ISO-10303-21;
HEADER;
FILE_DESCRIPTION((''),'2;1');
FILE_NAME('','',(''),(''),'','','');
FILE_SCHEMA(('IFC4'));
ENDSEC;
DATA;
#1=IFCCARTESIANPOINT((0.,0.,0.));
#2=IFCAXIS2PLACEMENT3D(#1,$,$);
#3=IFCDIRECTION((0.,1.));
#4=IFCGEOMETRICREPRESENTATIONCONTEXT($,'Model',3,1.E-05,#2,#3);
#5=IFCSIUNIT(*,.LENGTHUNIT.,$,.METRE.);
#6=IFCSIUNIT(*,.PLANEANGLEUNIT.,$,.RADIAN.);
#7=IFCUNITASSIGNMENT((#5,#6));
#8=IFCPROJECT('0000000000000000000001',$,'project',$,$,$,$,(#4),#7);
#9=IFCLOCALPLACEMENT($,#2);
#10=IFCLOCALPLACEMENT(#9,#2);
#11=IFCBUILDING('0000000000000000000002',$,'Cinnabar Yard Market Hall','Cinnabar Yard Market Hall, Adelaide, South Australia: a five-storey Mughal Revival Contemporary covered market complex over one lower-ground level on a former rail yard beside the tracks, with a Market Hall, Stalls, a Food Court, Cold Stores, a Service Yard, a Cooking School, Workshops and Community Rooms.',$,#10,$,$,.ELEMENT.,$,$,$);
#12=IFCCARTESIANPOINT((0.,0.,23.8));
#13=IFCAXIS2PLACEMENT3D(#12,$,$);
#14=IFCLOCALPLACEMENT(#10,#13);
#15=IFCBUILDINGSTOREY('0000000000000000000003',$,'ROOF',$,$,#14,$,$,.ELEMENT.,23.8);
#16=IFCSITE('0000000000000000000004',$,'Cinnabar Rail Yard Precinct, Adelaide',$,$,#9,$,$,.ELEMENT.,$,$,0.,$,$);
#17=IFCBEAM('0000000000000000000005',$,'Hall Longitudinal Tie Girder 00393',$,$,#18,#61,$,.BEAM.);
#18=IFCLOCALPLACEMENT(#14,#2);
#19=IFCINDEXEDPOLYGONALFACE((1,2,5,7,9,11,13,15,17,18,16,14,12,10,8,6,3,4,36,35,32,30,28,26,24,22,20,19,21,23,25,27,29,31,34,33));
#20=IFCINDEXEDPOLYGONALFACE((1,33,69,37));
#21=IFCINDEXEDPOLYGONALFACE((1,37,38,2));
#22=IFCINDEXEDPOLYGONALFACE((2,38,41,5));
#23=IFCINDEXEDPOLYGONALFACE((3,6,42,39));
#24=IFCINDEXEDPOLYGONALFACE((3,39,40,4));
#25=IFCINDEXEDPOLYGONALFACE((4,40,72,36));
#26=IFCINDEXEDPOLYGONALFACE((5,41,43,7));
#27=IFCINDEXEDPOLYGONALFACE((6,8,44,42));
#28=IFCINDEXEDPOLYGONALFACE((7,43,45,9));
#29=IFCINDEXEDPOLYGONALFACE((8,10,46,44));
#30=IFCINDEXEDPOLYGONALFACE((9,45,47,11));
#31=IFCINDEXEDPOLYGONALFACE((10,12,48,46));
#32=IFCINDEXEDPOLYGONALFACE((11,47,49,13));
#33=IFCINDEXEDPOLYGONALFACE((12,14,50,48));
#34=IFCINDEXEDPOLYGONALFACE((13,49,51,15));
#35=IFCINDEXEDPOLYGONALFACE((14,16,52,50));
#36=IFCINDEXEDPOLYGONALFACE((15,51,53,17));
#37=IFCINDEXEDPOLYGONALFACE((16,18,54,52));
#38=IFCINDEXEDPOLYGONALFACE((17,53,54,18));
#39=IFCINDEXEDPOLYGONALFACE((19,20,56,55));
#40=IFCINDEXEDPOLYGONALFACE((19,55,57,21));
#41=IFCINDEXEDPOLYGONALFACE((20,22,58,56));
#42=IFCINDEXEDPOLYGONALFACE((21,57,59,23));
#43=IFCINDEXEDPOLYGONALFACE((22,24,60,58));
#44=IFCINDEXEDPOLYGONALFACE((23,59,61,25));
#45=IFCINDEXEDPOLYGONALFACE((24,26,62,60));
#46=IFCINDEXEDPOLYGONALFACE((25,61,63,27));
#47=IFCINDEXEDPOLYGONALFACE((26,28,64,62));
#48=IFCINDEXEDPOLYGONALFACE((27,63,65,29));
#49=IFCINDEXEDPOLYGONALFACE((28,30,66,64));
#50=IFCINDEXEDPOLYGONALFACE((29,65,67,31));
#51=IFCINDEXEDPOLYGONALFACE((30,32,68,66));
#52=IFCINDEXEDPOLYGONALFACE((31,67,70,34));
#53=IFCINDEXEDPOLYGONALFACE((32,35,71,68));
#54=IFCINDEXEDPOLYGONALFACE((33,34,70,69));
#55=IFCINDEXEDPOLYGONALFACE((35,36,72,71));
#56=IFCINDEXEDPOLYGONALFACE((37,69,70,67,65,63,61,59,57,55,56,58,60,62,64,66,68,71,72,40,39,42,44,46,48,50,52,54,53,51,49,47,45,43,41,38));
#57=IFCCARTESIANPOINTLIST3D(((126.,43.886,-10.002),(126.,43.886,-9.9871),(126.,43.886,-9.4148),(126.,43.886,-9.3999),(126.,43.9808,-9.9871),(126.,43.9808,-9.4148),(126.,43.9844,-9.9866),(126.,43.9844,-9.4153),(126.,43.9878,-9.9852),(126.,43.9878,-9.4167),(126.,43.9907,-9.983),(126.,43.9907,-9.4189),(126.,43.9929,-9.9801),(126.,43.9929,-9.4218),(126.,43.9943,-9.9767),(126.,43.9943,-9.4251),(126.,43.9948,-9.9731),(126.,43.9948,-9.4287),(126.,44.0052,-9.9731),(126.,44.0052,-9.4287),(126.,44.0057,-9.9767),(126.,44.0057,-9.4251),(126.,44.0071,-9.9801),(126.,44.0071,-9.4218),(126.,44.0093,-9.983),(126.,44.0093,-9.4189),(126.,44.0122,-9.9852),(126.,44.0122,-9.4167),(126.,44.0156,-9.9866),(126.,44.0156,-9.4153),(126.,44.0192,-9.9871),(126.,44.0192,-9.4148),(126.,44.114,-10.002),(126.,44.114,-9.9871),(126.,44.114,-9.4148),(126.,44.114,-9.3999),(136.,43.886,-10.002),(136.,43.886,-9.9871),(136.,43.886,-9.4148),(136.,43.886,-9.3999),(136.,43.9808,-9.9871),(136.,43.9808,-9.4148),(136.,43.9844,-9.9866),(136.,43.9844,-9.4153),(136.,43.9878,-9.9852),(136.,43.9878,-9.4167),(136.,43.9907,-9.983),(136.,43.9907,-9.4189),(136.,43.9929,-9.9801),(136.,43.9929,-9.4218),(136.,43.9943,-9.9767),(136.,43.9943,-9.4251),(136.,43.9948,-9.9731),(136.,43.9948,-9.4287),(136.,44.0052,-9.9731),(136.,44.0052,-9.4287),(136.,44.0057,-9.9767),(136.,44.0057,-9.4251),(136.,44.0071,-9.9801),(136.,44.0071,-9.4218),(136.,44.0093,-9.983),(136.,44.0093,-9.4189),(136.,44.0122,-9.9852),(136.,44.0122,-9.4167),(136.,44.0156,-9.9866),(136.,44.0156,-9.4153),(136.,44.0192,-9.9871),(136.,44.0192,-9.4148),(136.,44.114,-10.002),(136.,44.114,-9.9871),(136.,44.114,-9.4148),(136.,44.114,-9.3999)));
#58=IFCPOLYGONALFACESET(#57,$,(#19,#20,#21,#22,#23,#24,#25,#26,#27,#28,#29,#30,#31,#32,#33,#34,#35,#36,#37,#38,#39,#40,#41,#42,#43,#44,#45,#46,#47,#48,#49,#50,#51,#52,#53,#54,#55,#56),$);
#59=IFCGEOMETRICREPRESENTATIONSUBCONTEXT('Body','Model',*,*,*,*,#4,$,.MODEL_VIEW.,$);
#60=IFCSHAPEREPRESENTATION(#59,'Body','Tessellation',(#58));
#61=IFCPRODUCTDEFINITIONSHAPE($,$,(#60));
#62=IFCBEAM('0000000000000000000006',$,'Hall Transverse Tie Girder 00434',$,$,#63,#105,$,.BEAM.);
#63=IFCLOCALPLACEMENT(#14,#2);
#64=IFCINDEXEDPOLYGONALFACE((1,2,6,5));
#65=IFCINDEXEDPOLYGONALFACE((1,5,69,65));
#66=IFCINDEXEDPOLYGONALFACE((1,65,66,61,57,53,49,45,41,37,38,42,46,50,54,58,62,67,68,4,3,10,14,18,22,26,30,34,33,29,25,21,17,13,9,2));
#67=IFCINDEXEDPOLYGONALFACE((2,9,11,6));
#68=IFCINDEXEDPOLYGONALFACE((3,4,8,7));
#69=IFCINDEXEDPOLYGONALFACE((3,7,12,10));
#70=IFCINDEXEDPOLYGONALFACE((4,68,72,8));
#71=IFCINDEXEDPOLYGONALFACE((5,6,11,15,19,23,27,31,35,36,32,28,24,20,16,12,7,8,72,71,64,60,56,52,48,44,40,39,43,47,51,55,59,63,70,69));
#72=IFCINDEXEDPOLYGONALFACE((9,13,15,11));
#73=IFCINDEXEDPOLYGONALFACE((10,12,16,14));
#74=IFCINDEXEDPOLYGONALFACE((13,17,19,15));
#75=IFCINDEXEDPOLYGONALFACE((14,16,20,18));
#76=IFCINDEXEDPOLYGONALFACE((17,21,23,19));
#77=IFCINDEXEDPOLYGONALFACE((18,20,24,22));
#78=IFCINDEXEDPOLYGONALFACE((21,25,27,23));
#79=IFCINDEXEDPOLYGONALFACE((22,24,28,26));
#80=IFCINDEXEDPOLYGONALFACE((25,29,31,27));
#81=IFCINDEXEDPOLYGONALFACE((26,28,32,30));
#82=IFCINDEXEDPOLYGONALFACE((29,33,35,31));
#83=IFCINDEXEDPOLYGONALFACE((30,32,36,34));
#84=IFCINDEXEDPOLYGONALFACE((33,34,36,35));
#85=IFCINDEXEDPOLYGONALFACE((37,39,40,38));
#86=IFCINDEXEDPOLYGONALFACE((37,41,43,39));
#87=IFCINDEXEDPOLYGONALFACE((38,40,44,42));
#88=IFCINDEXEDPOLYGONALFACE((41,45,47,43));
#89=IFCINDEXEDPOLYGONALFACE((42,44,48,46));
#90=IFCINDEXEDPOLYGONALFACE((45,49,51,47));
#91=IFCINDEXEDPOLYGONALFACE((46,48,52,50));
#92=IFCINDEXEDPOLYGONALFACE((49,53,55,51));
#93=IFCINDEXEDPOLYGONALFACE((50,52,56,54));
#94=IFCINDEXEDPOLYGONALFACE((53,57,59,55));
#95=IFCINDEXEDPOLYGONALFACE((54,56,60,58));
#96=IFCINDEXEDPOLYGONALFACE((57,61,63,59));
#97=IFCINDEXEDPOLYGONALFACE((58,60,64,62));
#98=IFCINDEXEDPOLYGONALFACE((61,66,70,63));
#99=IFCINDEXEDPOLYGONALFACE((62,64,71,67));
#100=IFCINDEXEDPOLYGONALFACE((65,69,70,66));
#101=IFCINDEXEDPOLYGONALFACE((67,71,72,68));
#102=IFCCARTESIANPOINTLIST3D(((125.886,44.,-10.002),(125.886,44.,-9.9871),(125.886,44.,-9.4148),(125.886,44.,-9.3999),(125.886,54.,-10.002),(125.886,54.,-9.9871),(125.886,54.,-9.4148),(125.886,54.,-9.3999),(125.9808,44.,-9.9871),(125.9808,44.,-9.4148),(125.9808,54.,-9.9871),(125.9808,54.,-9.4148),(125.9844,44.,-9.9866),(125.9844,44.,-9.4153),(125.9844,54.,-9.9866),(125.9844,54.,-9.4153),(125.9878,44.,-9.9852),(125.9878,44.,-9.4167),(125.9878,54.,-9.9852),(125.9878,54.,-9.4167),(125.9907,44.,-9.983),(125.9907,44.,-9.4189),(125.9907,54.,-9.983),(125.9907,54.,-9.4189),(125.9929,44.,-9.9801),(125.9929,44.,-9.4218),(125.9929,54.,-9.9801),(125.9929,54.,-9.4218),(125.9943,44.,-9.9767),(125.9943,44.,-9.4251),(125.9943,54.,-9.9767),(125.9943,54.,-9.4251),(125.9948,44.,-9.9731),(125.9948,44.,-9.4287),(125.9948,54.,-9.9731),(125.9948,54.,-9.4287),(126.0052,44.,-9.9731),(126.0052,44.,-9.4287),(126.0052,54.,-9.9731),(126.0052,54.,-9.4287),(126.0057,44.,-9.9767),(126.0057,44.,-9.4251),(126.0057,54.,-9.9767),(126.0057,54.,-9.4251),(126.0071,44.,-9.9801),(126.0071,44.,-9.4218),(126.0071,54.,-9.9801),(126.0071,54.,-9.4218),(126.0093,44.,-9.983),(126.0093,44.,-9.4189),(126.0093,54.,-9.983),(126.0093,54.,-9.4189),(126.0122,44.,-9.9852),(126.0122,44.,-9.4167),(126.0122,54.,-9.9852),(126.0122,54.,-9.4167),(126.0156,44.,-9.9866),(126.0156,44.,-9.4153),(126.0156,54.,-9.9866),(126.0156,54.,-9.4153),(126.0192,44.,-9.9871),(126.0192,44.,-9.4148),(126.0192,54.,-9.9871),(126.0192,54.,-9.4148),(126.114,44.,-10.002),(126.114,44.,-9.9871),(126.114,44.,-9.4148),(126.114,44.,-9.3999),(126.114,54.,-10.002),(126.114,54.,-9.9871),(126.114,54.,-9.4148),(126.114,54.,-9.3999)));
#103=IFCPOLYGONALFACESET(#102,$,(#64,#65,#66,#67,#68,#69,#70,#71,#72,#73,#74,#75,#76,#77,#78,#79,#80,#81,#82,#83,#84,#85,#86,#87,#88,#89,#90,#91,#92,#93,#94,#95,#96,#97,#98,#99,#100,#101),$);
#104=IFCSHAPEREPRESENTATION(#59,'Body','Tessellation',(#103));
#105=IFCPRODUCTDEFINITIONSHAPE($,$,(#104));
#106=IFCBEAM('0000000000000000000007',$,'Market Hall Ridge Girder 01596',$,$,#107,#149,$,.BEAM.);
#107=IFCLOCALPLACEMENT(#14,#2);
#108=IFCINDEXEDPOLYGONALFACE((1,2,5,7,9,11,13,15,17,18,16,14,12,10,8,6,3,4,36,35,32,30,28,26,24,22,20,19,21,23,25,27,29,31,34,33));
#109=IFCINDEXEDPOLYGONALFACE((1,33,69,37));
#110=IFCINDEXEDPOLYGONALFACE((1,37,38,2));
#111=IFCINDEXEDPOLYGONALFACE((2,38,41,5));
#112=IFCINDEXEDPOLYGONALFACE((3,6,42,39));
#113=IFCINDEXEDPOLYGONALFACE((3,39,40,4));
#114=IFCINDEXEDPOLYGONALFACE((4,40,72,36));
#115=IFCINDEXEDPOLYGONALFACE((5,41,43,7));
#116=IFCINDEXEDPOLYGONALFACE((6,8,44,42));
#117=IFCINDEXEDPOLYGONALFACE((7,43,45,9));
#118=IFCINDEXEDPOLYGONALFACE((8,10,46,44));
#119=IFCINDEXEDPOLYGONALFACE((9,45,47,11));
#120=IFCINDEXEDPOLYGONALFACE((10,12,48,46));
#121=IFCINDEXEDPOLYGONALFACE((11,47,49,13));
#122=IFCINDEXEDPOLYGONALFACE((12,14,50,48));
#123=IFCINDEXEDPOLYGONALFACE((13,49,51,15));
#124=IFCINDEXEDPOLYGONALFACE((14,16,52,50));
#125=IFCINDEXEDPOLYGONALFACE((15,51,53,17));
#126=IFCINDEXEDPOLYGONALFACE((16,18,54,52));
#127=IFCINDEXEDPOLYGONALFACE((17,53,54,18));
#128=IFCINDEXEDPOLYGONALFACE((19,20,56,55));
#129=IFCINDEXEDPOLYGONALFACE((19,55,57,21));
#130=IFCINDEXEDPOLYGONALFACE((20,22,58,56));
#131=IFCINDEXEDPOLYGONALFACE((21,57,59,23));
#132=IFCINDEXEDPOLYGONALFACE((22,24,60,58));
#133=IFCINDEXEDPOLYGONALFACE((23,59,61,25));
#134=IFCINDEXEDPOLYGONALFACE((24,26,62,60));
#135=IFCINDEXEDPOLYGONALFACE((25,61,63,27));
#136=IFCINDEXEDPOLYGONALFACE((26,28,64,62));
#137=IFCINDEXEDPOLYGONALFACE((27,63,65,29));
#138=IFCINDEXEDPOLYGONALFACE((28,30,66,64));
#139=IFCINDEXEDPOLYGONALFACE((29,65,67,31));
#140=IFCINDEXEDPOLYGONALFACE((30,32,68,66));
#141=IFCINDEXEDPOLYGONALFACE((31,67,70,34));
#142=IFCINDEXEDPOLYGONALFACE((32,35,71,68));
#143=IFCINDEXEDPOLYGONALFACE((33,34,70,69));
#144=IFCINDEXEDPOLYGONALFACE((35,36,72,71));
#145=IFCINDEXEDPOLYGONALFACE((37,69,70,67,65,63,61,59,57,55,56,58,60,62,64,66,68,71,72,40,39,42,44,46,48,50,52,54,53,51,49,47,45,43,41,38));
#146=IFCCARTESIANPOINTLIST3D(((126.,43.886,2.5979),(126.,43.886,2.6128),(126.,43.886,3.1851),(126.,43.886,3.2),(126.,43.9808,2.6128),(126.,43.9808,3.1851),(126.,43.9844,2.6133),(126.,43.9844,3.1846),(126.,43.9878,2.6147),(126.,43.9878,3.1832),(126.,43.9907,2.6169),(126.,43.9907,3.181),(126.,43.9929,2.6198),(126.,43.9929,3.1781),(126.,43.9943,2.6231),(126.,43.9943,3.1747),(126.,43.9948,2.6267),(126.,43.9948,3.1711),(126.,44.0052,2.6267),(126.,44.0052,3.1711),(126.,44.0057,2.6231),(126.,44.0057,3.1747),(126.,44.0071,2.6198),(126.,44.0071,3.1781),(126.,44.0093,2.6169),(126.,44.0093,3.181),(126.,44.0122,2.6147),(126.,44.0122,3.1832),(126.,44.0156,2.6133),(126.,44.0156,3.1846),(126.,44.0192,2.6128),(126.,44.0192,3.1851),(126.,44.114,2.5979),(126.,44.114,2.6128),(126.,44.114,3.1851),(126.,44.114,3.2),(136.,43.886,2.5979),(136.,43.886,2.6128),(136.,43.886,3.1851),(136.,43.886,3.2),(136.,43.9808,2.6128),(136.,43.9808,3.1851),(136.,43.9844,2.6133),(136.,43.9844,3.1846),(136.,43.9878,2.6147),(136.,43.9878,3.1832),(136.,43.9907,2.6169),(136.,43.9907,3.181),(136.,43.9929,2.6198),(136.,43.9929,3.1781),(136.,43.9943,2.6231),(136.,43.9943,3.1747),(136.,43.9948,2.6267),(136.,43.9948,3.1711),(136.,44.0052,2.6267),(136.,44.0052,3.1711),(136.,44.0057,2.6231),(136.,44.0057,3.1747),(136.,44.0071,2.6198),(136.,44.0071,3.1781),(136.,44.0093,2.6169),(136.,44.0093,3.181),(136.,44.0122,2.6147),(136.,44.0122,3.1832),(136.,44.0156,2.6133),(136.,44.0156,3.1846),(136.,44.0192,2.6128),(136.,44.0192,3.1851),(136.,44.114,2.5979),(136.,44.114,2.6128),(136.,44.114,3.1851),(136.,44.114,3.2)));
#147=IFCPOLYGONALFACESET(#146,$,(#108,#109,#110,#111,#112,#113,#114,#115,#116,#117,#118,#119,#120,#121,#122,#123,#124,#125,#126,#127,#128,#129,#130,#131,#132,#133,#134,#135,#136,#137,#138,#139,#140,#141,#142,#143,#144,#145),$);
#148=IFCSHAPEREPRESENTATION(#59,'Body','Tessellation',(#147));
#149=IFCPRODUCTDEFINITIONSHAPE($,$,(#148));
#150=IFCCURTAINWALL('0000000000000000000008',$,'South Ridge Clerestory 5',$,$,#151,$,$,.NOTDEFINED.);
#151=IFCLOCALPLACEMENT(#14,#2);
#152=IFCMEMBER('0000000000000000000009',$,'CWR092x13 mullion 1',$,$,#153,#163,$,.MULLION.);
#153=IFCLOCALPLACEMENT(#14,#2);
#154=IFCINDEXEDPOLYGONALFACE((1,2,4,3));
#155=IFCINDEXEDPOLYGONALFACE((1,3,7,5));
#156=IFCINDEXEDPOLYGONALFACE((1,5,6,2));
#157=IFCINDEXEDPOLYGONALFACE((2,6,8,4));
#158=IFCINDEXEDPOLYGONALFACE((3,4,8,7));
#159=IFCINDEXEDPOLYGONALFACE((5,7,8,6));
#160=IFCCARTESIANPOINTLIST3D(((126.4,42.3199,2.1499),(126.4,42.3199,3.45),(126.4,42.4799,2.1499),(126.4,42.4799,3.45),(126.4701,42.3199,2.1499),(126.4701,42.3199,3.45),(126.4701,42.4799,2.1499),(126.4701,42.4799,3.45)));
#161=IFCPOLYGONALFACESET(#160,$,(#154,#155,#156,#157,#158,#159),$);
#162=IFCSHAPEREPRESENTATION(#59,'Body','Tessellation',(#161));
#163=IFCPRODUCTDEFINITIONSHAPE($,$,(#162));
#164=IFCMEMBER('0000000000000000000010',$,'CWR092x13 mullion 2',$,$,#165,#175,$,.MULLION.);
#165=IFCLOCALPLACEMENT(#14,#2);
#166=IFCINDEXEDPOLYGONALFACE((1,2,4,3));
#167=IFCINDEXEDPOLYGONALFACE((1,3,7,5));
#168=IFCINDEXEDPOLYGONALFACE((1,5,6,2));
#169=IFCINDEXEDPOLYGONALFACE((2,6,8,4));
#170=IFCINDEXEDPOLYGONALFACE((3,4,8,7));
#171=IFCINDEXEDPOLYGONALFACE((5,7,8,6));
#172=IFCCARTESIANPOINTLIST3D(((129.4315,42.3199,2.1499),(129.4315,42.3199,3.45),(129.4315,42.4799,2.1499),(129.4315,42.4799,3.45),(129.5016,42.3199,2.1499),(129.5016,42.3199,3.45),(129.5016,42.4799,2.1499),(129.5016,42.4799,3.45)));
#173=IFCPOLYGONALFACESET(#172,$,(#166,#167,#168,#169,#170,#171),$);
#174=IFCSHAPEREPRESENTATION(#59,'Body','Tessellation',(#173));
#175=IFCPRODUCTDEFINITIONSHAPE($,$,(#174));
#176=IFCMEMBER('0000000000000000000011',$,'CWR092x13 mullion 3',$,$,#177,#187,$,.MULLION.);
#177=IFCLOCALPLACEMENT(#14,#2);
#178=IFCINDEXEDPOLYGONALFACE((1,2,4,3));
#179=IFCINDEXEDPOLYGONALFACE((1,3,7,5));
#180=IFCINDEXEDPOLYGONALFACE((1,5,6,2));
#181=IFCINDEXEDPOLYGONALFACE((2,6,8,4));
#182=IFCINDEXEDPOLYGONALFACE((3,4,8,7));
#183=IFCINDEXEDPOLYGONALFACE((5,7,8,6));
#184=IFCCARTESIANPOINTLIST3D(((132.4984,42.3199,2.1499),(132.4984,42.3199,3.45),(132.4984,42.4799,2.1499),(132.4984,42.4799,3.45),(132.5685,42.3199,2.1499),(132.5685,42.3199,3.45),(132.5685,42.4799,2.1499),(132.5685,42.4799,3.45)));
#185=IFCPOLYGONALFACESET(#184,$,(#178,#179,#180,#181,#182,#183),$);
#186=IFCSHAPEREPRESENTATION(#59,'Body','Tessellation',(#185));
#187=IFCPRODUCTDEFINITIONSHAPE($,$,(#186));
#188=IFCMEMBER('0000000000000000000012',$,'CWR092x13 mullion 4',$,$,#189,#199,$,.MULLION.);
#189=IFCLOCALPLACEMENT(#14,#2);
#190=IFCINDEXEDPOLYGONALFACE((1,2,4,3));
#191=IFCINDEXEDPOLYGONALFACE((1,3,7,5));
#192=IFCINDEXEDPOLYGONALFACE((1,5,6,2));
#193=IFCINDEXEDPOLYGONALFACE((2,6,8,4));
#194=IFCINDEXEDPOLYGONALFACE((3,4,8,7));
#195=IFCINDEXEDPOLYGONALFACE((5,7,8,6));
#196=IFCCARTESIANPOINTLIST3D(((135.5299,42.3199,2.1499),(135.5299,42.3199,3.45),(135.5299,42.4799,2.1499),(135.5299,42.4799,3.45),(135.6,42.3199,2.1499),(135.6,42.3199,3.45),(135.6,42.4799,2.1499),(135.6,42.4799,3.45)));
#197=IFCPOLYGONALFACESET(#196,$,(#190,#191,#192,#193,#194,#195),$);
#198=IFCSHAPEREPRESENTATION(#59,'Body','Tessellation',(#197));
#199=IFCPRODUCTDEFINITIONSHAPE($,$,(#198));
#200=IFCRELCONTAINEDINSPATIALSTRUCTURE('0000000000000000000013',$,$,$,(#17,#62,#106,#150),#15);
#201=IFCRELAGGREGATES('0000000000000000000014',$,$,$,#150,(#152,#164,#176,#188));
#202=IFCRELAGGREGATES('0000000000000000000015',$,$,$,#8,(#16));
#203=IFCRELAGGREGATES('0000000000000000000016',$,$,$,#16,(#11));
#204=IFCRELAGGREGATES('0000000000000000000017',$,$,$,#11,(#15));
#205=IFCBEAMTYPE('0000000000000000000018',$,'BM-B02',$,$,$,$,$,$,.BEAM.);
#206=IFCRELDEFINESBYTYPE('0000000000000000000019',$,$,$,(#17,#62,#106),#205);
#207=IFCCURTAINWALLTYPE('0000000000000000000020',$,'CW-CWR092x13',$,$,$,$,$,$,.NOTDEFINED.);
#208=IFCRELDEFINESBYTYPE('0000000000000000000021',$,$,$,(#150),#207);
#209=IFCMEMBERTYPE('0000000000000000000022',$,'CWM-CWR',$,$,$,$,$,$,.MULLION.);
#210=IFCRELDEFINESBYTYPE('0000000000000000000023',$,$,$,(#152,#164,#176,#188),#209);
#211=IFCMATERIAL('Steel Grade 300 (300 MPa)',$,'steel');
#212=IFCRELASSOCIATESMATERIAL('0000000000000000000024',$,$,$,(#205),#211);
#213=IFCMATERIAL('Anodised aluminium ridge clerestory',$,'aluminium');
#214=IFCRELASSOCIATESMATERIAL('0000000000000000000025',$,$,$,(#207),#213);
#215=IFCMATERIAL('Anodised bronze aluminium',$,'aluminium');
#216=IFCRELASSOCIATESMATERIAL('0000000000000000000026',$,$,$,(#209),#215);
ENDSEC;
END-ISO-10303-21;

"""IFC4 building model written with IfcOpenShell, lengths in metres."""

from ifc_helpers import new_model, si_unit, direction, frame, origin, origin_2d_with_axis, place, context, subcontext, project, spatial, rectangle, i_section, extrude, material, material_profile, profile_set, type_object, element, aggregate, save


model = new_model("IFC4")

# Units and contexts
model_context = context("Model", 3, precision=1e-05, world=origin(), true_north=direction((0.0, 1.0)))
body_context = subcontext(model_context, "Body", "Model", "MODEL_VIEW")
ifc_project = project(units=[si_unit("LENGTHUNIT", "METRE"), si_unit("PLANEANGLEUNIT", "RADIAN")], contexts=[model_context])

# Site, building, storey
site_placement = place(None, origin())
site = spatial("IfcSite", under=ifc_project, at=site_placement, Name="Cinnabar Rail Yard Precinct, Adelaide", CompositionType="ELEMENT", RefElevation=0.0)
building_placement = place(site_placement, origin())
building = spatial("IfcBuilding", under=site, at=building_placement, Name="Cinnabar Yard Market Hall", Description="Cinnabar Yard Market Hall, Adelaide, South Australia: a five-storey Mughal Revival Contemporary covered market complex over one lower-ground level on a former rail yard beside the tracks, with a Market Hall, Stalls, a Food Court, Cold Stores, a Service Yard, a Cooking School, Workshops and Community Rooms.", CompositionType="ELEMENT")
storey_placement = place(building_placement, frame((0.0, 0.0, 23.8)))
storey = spatial("IfcBuildingStorey", under=building, at=storey_placement, Name="ROOF", CompositionType="ELEMENT", Elevation=23.8)

# Beams
ifc_material_1 = material(Name="Steel Grade 300 (300 MPa)", Category="steel")
ifc_material_profile_1 = material_profile(ifc_material_1, i_section(OverallWidth=0.228, OverallDepth=0.6021, WebThickness=0.0105, FlangeThickness=0.0149, FilletRadius=0.0139, at=origin_2d_with_axis()), Name="610UB101")
ifc_profile_set_1 = profile_set([ifc_material_profile_1], Name="Steel Grade 300 (300 MPa)")
beam_type = type_object("IfcBeamType", Name="BM-B02", PredefinedType="BEAM", material=ifc_profile_set_1)
for number, where, z_axis, x_axis, name in (
    (1, (126.0, 44.0, -9.7009), (1.0, 0.0, 0.0), (0.0, 1.0, 0.0), "Hall Longitudinal Tie Girder 00393"),
    (2, (126.0, 44.0, -9.7009), (0.0, 1.0, 0.0), (-1.0, 0.0, 0.0), "Hall Transverse Tie Girder 00434"),
    (3, (126.0, 44.0, 2.8989), (1.0, 0.0, 0.0), (0.0, 1.0, 0.0), "Market Hall Ridge Girder 01596"),
):
    element("IfcBeam", number, at=place(storey_placement, frame(where, z_axis=z_axis, x_axis=x_axis)), inside=storey, type_object=beam_type, Name=name, PredefinedType="BEAM", context=body_context, shape_type="SweptSolid", body=[
        extrude(i_section(OverallWidth=0.228, OverallDepth=0.6021, WebThickness=0.0105, FlangeThickness=0.0149, FilletRadius=0.0139, at=origin_2d_with_axis()), origin(), (0.0, 0.0, 1.0), 10.0),
    ])

# Curtain wall, members
ifc_material_2 = material(Name="Anodised aluminium ridge clerestory", Category="aluminium")
curtain_wall_type = type_object("IfcCurtainWallType", Name="CW-CWR092x13", PredefinedType="NOTDEFINED", material=ifc_material_2)
curtain_wall_placement = place(storey_placement, origin())
curtain_wall = element("IfcCurtainWall", 4, at=curtain_wall_placement, inside=storey, type_object=curtain_wall_type, Name="South Ridge Clerestory 5", PredefinedType="NOTDEFINED")
ifc_material_3 = material(Name="Anodised bronze aluminium", Category="aluminium")
ifc_material_profile_2 = material_profile(ifc_material_3, rectangle(XDim=0.1599, YDim=0.0701, at=origin_2d_with_axis()), Name="MUL-CWR")
ifc_profile_set_2 = profile_set([ifc_material_profile_2], Name="Anodised bronze aluminium")
member_type_1 = type_object("IfcMemberType", Name="CWM-CWR", PredefinedType="MULLION", material=ifc_profile_set_2)
member_1_placement = place(storey_placement, frame((126.4351, 42.3999, 2.1499), z_axis=(0.0, 0.0, 1.0), x_axis=(0.0, 1.0, 0.0)))
member_1 = element("IfcMember", 5, at=member_1_placement, type_object=member_type_1, Name="CWR092x13 mullion 1", PredefinedType="MULLION", context=body_context, shape_type="SweptSolid", body=[
    extrude(rectangle(XDim=0.1599, YDim=0.0701, at=origin_2d_with_axis()), origin(), (0.0, 0.0, 1.0), 1.3),
])
member_2_placement = place(storey_placement, frame((129.4666, 42.3999, 2.1499), z_axis=(0.0, 0.0, 1.0), x_axis=(0.0, 1.0, 0.0)))
member_2 = element("IfcMember", 6, at=member_2_placement, type_object=member_type_1, Name="CWR092x13 mullion 2", PredefinedType="MULLION", context=body_context, shape_type="SweptSolid", body=[
    extrude(rectangle(XDim=0.1599, YDim=0.0701, at=origin_2d_with_axis()), origin(), (0.0, 0.0, 1.0), 1.3),
])
member_3_placement = place(storey_placement, frame((132.5334, 42.3999, 2.1499), z_axis=(0.0, 0.0, 1.0), x_axis=(0.0, 1.0, 0.0)))
member_3 = element("IfcMember", 7, at=member_3_placement, type_object=member_type_1, Name="CWR092x13 mullion 3", PredefinedType="MULLION", context=body_context, shape_type="SweptSolid", body=[
    extrude(rectangle(XDim=0.1599, YDim=0.0701, at=origin_2d_with_axis()), origin(), (0.0, 0.0, 1.0), 1.3),
])
member_4_placement = place(storey_placement, frame((135.5649, 42.3999, 2.1499), z_axis=(0.0, 0.0, 1.0), x_axis=(0.0, 1.0, 0.0)))
member_4 = element("IfcMember", 8, at=member_4_placement, type_object=member_type_1, Name="CWR092x13 mullion 4", PredefinedType="MULLION", context=body_context, shape_type="SweptSolid", body=[
    extrude(rectangle(XDim=0.1599, YDim=0.0701, at=origin_2d_with_axis()), origin(), (0.0, 0.0, 1.0), 1.3),
])

aggregate(curtain_wall, [member_1, member_2, member_3, member_4])

save(model, "model.ifc")
